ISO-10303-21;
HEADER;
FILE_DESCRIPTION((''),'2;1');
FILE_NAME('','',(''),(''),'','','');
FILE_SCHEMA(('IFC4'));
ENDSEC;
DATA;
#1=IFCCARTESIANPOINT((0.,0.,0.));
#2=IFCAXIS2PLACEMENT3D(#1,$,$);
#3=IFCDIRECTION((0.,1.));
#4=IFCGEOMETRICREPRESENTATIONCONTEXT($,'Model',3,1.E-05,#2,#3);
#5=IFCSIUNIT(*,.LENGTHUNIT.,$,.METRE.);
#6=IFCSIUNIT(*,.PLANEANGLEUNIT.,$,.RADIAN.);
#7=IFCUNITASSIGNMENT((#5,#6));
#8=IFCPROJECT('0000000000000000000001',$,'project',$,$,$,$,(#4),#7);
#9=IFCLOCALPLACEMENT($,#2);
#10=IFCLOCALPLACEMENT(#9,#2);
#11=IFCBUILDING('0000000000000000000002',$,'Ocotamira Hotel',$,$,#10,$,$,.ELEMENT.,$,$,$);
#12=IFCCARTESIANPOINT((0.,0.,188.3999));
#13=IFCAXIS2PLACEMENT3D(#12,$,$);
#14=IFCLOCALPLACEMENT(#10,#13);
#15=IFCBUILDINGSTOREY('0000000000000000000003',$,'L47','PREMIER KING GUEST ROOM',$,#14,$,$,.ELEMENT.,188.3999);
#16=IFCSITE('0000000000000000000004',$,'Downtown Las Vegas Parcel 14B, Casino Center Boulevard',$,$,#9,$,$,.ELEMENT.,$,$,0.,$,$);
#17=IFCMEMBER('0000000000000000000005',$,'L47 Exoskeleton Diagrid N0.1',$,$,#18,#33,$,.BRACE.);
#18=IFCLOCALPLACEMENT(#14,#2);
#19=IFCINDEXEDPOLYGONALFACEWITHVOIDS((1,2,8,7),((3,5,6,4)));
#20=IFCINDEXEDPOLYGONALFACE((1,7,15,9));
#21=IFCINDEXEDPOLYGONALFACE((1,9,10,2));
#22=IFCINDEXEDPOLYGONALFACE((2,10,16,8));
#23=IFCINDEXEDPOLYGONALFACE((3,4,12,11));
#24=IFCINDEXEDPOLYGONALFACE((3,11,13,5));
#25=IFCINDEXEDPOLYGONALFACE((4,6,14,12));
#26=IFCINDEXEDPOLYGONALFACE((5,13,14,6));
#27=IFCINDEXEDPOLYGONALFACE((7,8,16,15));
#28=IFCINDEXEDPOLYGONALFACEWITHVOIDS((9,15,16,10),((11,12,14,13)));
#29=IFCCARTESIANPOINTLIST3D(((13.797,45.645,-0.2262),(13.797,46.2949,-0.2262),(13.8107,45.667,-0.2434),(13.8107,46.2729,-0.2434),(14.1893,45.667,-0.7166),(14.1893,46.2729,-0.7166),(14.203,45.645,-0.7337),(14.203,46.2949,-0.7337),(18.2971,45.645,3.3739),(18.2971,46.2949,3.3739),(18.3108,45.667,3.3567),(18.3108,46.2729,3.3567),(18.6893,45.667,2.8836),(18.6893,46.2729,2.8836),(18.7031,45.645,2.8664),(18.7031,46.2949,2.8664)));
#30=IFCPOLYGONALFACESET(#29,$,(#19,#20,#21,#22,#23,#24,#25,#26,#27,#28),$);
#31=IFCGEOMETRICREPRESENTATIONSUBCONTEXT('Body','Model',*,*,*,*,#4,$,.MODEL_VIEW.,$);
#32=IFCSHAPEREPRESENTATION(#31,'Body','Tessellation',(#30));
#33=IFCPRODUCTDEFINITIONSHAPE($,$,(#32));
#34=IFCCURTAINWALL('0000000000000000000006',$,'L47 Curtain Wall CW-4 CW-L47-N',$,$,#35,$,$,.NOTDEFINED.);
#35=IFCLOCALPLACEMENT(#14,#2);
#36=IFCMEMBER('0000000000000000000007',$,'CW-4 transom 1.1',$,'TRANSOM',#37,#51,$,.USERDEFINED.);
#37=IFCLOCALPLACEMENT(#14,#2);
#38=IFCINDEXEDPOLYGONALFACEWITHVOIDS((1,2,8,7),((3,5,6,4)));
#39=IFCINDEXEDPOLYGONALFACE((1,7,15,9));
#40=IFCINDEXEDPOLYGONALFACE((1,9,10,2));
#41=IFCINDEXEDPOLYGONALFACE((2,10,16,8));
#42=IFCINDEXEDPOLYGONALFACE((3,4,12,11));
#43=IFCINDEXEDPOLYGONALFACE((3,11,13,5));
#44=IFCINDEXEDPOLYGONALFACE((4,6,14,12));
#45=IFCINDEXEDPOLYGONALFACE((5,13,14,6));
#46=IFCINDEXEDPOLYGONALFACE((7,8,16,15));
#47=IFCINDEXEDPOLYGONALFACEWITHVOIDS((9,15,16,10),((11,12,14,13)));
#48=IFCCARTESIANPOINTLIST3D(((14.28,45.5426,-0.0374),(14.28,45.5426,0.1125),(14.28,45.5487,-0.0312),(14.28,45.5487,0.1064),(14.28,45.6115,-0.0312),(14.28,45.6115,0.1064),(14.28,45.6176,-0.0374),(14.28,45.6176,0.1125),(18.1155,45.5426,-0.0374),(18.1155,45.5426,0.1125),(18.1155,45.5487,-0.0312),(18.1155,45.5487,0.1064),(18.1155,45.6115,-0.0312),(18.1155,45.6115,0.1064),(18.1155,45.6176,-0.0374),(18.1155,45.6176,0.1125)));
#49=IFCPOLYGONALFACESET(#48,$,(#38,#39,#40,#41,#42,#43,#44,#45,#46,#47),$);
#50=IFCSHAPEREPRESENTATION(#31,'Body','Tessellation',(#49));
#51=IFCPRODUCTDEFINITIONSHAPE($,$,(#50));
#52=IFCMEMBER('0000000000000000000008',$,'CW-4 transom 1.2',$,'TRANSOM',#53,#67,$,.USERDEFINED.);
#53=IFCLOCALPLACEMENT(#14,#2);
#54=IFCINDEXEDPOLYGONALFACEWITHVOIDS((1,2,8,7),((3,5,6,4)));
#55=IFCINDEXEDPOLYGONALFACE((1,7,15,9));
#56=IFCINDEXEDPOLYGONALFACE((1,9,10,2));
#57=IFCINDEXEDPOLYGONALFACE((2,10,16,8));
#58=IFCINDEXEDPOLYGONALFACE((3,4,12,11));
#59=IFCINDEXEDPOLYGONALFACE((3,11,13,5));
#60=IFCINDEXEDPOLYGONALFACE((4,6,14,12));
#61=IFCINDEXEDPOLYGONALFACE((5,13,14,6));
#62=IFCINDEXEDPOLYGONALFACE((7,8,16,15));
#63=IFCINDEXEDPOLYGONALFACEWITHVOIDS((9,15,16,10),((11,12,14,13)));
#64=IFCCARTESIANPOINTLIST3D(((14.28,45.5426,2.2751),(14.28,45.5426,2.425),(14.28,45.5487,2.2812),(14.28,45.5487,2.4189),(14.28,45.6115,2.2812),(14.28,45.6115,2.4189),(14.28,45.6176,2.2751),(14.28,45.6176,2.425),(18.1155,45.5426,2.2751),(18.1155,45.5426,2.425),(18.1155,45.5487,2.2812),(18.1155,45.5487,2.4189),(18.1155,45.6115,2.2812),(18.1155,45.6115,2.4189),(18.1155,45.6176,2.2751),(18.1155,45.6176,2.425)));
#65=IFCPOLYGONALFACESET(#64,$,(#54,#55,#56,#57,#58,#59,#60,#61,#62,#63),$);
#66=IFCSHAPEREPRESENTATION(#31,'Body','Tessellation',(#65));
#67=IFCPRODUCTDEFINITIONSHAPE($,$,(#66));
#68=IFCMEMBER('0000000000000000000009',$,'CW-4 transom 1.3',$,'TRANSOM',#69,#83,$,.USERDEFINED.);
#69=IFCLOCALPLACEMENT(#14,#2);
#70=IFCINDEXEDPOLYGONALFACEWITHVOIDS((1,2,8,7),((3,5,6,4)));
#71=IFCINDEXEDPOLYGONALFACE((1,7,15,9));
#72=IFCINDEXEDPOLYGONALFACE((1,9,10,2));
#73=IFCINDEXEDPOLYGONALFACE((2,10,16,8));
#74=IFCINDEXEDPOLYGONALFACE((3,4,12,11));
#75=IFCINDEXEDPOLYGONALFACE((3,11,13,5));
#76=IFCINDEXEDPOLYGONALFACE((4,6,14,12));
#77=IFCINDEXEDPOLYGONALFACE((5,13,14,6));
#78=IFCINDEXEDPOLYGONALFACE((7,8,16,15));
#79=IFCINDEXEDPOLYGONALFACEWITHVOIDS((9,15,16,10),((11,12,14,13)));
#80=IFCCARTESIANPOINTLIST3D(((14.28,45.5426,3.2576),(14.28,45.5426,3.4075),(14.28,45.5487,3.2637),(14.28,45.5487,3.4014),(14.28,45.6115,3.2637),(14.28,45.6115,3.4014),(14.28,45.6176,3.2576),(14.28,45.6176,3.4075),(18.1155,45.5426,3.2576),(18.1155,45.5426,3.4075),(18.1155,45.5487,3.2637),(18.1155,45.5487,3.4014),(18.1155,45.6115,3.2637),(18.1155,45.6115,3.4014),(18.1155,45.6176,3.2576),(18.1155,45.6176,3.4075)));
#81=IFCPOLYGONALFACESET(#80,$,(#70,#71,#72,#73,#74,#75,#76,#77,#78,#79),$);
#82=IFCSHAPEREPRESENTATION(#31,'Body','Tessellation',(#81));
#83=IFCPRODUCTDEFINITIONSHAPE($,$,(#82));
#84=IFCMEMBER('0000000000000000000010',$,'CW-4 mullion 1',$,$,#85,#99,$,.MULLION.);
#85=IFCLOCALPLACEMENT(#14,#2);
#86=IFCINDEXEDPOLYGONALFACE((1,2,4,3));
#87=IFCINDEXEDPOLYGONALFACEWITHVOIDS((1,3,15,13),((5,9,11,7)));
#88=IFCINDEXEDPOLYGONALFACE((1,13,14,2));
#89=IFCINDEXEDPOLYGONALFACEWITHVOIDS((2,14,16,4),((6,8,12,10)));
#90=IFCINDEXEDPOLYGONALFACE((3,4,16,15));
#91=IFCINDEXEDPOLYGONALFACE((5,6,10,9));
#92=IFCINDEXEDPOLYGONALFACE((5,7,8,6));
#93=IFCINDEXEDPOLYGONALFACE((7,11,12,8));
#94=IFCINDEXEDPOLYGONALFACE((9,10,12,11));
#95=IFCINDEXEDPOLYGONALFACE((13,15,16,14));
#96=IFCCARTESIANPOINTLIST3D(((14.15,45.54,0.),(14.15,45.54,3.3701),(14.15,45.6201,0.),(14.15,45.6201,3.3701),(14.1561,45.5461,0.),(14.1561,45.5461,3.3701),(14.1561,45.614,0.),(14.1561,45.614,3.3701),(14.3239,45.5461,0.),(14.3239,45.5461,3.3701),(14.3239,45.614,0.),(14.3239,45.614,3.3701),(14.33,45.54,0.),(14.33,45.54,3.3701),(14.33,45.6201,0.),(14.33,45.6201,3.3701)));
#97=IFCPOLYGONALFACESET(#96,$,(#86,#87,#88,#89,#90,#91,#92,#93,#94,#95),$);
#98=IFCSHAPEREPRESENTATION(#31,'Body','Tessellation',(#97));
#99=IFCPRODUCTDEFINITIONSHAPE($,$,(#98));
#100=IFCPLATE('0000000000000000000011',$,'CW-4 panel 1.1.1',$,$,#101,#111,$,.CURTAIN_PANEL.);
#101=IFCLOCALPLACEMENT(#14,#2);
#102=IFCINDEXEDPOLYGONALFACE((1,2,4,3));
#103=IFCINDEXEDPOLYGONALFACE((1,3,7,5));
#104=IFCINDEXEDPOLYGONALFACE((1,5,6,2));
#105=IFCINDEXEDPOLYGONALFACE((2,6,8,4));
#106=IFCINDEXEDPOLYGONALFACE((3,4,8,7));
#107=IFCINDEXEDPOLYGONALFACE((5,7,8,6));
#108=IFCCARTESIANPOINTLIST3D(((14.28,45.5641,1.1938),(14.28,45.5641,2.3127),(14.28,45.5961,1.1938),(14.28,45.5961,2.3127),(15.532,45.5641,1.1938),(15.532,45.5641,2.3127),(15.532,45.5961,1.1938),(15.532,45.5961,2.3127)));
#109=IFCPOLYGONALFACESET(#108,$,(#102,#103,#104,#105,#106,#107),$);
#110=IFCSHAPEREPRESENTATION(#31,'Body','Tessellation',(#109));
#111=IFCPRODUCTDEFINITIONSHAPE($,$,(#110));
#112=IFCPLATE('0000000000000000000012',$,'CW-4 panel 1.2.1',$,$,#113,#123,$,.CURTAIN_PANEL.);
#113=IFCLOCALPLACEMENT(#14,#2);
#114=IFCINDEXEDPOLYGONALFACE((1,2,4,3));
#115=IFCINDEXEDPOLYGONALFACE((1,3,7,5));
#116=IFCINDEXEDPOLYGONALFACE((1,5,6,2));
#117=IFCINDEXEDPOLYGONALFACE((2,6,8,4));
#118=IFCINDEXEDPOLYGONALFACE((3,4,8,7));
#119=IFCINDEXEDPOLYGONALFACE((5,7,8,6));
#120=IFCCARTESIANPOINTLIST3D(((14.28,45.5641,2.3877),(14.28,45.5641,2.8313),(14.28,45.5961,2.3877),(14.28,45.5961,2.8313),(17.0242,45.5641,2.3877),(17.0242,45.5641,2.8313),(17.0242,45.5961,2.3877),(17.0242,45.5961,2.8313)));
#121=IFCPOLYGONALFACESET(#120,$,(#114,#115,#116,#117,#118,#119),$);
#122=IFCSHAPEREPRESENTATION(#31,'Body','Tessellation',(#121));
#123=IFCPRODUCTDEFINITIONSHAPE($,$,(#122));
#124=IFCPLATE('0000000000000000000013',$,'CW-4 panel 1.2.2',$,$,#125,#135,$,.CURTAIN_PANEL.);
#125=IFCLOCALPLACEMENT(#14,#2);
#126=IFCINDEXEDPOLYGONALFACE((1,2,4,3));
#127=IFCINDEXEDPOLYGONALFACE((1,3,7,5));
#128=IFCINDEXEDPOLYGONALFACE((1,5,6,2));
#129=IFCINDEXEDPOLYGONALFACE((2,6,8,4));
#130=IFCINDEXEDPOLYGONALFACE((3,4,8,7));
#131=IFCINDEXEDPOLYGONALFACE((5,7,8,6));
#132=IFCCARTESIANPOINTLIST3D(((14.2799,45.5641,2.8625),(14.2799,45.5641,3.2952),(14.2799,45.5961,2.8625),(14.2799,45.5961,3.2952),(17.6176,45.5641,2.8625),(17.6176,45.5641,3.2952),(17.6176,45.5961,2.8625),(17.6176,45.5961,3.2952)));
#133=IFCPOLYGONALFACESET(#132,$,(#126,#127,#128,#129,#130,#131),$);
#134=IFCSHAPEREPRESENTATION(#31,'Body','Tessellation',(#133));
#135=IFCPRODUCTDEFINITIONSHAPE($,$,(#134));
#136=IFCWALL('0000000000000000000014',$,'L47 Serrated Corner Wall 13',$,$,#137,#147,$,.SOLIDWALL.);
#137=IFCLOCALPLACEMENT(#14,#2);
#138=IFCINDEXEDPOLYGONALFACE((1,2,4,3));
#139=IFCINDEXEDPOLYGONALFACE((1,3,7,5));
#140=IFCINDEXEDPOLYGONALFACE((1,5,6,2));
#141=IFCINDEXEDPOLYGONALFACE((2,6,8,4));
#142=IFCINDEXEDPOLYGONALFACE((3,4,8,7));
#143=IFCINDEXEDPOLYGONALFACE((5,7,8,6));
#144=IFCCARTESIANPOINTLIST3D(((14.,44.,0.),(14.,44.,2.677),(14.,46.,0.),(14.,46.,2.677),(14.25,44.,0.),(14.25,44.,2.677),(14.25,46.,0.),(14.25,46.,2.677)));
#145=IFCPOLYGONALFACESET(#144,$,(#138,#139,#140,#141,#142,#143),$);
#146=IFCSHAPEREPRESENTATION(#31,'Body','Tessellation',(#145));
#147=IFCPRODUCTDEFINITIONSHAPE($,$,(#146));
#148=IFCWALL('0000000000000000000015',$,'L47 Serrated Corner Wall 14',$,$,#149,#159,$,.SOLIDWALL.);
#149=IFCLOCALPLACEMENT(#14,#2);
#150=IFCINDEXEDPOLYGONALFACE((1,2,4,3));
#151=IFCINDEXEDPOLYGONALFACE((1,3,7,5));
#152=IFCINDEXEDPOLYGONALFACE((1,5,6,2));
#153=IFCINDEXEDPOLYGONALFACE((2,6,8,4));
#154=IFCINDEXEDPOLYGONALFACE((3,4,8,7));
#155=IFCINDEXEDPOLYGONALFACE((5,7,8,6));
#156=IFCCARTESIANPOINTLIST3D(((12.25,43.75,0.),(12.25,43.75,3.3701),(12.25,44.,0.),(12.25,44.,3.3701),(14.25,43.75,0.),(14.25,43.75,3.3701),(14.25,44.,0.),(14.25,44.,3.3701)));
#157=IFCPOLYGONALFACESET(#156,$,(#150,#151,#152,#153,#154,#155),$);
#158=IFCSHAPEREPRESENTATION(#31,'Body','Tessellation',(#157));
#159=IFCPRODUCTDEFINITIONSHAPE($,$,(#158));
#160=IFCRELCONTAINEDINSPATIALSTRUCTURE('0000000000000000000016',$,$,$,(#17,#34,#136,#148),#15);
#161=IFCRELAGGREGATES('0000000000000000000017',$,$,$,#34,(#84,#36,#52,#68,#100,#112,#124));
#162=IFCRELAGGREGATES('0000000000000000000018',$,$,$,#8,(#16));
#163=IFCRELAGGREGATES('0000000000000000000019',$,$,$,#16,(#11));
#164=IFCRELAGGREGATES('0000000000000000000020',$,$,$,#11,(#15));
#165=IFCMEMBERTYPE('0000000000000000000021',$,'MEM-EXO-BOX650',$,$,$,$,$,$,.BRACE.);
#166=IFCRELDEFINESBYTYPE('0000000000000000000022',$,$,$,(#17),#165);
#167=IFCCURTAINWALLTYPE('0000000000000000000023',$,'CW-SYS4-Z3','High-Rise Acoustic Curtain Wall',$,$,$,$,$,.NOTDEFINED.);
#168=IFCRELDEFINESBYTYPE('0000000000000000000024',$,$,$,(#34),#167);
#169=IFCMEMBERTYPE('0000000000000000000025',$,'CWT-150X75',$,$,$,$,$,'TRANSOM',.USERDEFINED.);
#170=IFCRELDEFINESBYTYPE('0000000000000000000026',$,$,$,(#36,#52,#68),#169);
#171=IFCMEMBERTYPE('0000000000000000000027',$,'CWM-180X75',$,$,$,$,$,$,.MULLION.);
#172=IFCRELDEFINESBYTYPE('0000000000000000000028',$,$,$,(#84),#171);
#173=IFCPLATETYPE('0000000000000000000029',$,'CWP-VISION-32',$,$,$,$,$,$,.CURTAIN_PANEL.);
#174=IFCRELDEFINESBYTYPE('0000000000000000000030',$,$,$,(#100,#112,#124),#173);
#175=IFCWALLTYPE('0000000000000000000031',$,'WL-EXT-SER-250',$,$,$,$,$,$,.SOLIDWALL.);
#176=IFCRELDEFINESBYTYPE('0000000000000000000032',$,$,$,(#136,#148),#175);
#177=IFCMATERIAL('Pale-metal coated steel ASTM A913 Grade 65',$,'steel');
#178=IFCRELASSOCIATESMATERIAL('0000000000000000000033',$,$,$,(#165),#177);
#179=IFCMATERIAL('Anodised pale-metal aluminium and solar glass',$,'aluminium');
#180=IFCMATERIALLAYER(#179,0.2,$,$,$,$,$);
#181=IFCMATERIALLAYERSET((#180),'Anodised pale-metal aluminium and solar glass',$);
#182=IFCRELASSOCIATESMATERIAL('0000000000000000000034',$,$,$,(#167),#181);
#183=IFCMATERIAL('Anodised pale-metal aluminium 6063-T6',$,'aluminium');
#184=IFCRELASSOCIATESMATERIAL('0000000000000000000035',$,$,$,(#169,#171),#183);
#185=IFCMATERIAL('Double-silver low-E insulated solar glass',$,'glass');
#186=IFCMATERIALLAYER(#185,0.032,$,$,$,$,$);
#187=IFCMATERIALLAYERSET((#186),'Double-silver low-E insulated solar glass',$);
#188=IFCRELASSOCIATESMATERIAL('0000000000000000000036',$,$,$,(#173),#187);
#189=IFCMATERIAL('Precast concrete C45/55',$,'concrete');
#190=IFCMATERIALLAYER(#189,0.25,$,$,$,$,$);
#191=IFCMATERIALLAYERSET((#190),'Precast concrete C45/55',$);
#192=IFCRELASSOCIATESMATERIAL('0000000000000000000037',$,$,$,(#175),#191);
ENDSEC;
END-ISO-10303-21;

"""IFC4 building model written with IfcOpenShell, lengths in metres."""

from ifc_helpers import new_model, si_unit, direction, frame, frame_2d, origin, origin_2d, place, context, subcontext, project, spatial, rectangle, hollow_rectangle, extrude, source, transform, mapped, material, layer, layer_set, material_profile, profile_set, type_object, element, aggregate, save


model = new_model("IFC4")

# Units and contexts
model_context = context("Model", 3, precision=1e-05, world=origin(), true_north=direction((0.0, 1.0)))
body_context = subcontext(model_context, "Body", "Model", "MODEL_VIEW")
ifc_project = project(units=[si_unit("LENGTHUNIT", "METRE"), si_unit("PLANEANGLEUNIT", "RADIAN")], contexts=[model_context])

# Site, building, storey
site_placement = place(None, origin())
site = spatial("IfcSite", under=ifc_project, at=site_placement, Name="Downtown Las Vegas Parcel 14B, Casino Center Boulevard", CompositionType="ELEMENT", RefElevation=0.0)
building_placement = place(site_placement, origin())
building = spatial("IfcBuilding", under=site, at=building_placement, Name="Ocotamira Hotel", CompositionType="ELEMENT")
storey_placement = place(building_placement, frame((0.0, 0.0, 188.3999)))
storey = spatial("IfcBuildingStorey", under=building, at=storey_placement, Name="L47", Description="PREMIER KING GUEST ROOM", CompositionType="ELEMENT", Elevation=188.3999)

# Member
ifc_material_1 = material(Name="Pale-metal coated steel ASTM A913 Grade 65", Category="steel")
ifc_material_profile_1 = material_profile(ifc_material_1, hollow_rectangle(XDim=0.6499, YDim=0.6499, WallThickness=0.022, at=origin_2d()), Name="BOX650X650X22")
ifc_profile_set_1 = profile_set([ifc_material_profile_1], Name="Pale-metal coated steel ASTM A913 Grade 65")
member_type_1 = type_object("IfcMemberType", Name="MEM-EXO-BOX650", PredefinedType="BRACE", material=ifc_profile_set_1)
shared_shape_1 = source(origin(), body_context, "Body", "SweptSolid", [
    extrude(hollow_rectangle(XDim=0.6499, YDim=0.6499, WallThickness=0.022, at=origin_2d()), origin(), (0.0, 0.0, 1.0), 5.7629),
])
member_1_placement = place(storey_placement, frame((14.0, 45.97, -0.48), z_axis=(0.780861, 0.0, 0.624705), x_axis=(0.0, 1.0, 0.0)))
element("IfcMember", 1, at=member_1_placement, inside=storey, type_object=member_type_1, Name="L47 Exoskeleton Diagrid N0.1", PredefinedType="BRACE", context=body_context, shape_type="MappedRepresentation", body=[
    mapped(shared_shape_1, transform((0.0, 0.0, 0.0), scale=1.0)),
])

# Curtain wall, members, plates
ifc_material_2 = material(Name="Anodised pale-metal aluminium and solar glass", Category="aluminium")
ifc_layer_1 = layer(ifc_material_2, 0.2)
ifc_layer_set_1 = layer_set([ifc_layer_1], Name="Anodised pale-metal aluminium and solar glass")
curtain_wall_type = type_object("IfcCurtainWallType", Name="CW-SYS4-Z3", Description="High-Rise Acoustic Curtain Wall", PredefinedType="NOTDEFINED", material=ifc_layer_set_1)
curtain_wall_placement = place(storey_placement, origin())
curtain_wall = element("IfcCurtainWall", 2, at=curtain_wall_placement, inside=storey, type_object=curtain_wall_type, Name="L47 Curtain Wall CW-4 CW-L47-N", PredefinedType="NOTDEFINED")
ifc_material_3 = material(Name="Anodised pale-metal aluminium 6063-T6", Category="aluminium")
ifc_material_profile_2 = material_profile(ifc_material_3, hollow_rectangle(XDim=0.075, YDim=0.1499, WallThickness=0.0061, at=origin_2d()), Name="HSS150X75X6")
ifc_profile_set_2 = profile_set([ifc_material_profile_2], Name="Anodised pale-metal aluminium 6063-T6")
member_type_2 = type_object("IfcMemberType", Name="CWT-150X75", ElementType="TRANSOM", PredefinedType="USERDEFINED", material=ifc_profile_set_2)
shared_shape_2 = source(origin(), body_context, "Body", "SweptSolid", [
    extrude(hollow_rectangle(XDim=0.075, YDim=0.1499, WallThickness=0.0061, at=origin_2d()), origin(), (0.0, 0.0, 1.0), 3.8354),
])
member_2_placement = place(storey_placement, frame((14.28, 45.5801, 0.0376), z_axis=(1.0, 0.0, 0.0), x_axis=(0.0, 1.0, 0.0)))
member_2 = element("IfcMember", 3, at=member_2_placement, type_object=member_type_2, Name="CW-4 transom 1.1", ObjectType="TRANSOM", PredefinedType="USERDEFINED", context=body_context, shape_type="MappedRepresentation", body=[
    mapped(shared_shape_2, transform((0.0, 0.0, 0.0), scale=1.0)),
])
member_3_placement = place(storey_placement, frame((14.28, 45.5801, 2.3501), z_axis=(1.0, 0.0, 0.0), x_axis=(0.0, 1.0, 0.0)))
member_3 = element("IfcMember", 4, at=member_3_placement, type_object=member_type_2, Name="CW-4 transom 1.2", ObjectType="TRANSOM", PredefinedType="USERDEFINED", context=body_context, shape_type="MappedRepresentation", body=[
    mapped(shared_shape_2, transform((0.0, 0.0, 0.0), scale=1.0)),
])
member_4_placement = place(storey_placement, frame((14.28, 45.5801, 3.3325), z_axis=(1.0, 0.0, 0.0), x_axis=(0.0, 1.0, 0.0)))
member_4 = element("IfcMember", 5, at=member_4_placement, type_object=member_type_2, Name="CW-4 transom 1.3", ObjectType="TRANSOM", PredefinedType="USERDEFINED", context=body_context, shape_type="MappedRepresentation", body=[
    mapped(shared_shape_2, transform((0.0, 0.0, 0.0), scale=1.0)),
])
ifc_material_profile_3 = material_profile(ifc_material_3, hollow_rectangle(XDim=0.0801, YDim=0.1799, WallThickness=0.0061, at=origin_2d()), Name="HSS180X80X6")
ifc_profile_set_3 = profile_set([ifc_material_profile_3], Name="Anodised pale-metal aluminium 6063-T6")
member_type_3 = type_object("IfcMemberType", Name="CWM-180X75", PredefinedType="MULLION", material=ifc_profile_set_3)
shared_shape_3 = source(origin(), body_context, "Body", "SweptSolid", [
    extrude(hollow_rectangle(XDim=0.0801, YDim=0.1799, WallThickness=0.0061, at=origin_2d()), origin(), (0.0, 0.0, 1.0), 3.3701),
])
member_5_placement = place(storey_placement, frame((14.24, 45.5801, 0.0), z_axis=(0.0, 0.0, 1.0), x_axis=(0.0, 1.0, 0.0)))
member_5 = element("IfcMember", 6, at=member_5_placement, type_object=member_type_3, Name="CW-4 mullion 1", PredefinedType="MULLION", context=body_context, shape_type="MappedRepresentation", body=[
    mapped(shared_shape_3, transform((0.0, 0.0, 0.0), scale=1.0)),
])
ifc_material_4 = material(Name="Double-silver low-E insulated solar glass", Category="glass")
ifc_layer_2 = layer(ifc_material_4, 0.032)
ifc_layer_set_2 = layer_set([ifc_layer_2], Name="Double-silver low-E insulated solar glass")
plate_type = type_object("IfcPlateType", Name="CWP-VISION-32", PredefinedType="CURTAIN_PANEL", material=ifc_layer_set_2)
shared_shape_4 = source(origin(), body_context, "Body", "SweptSolid", [
    extrude(rectangle(XDim=1.252, YDim=0.032, at=origin_2d()), origin(), (0.0, 0.0, 1.0), 1.1189),
])
plate_1_placement = place(storey_placement, frame((14.906, 45.5801, 1.1938), z_axis=(0.0, 0.0, 1.0), x_axis=(1.0, 0.0, 0.0)))
plate_1 = element("IfcPlate", 7, at=plate_1_placement, type_object=plate_type, Name="CW-4 panel 1.1.1", PredefinedType="CURTAIN_PANEL", context=body_context, shape_type="MappedRepresentation", body=[
    mapped(shared_shape_4, transform((0.0, 0.0, 0.0), scale=1.0)),
])
shared_shape_5 = source(origin(), body_context, "Body", "SweptSolid", [
    extrude(rectangle(XDim=2.7441, YDim=0.032, at=origin_2d()), origin(), (0.0, 0.0, 1.0), 0.4436),
])
plate_2_placement = place(storey_placement, frame((15.6521, 45.5801, 2.3877), z_axis=(0.0, 0.0, 1.0), x_axis=(1.0, 0.0, 0.0)))
plate_2 = element("IfcPlate", 8, at=plate_2_placement, type_object=plate_type, Name="CW-4 panel 1.2.1", PredefinedType="CURTAIN_PANEL", context=body_context, shape_type="MappedRepresentation", body=[
    mapped(shared_shape_5, transform((0.0, 0.0, 0.0), scale=1.0)),
])
shared_shape_6 = source(origin(), body_context, "Body", "SweptSolid", [
    extrude(rectangle(XDim=3.3376, YDim=0.032, at=origin_2d()), origin(), (0.0, 0.0, 1.0), 0.4326),
])
plate_3_placement = place(storey_placement, frame((15.9487, 45.5801, 2.8625), z_axis=(0.0, 0.0, 1.0), x_axis=(1.0, 0.0, 0.0)))
plate_3 = element("IfcPlate", 9, at=plate_3_placement, type_object=plate_type, Name="CW-4 panel 1.2.2", PredefinedType="CURTAIN_PANEL", context=body_context, shape_type="MappedRepresentation", body=[
    mapped(shared_shape_6, transform((0.0, 0.0, 0.0), scale=1.0)),
])
aggregate(curtain_wall, [member_5, member_2, member_3, member_4, plate_1, plate_2, plate_3])

# Walls
ifc_material_5 = material(Name="Precast concrete C45/55", Category="concrete")
ifc_layer_3 = layer(ifc_material_5, 0.25)
ifc_layer_set_3 = layer_set([ifc_layer_3], Name="Precast concrete C45/55")
wall_type = type_object("IfcWallType", Name="WL-EXT-SER-250", PredefinedType="SOLIDWALL", material=ifc_layer_set_3)
wall_1_placement = place(storey_placement, frame((14.125, 46.0, 0.0), z_axis=(0.0, 0.0, 1.0), x_axis=(0.0, -1.0, 0.0)))
element("IfcWall", 10, at=wall_1_placement, inside=storey, type_object=wall_type, Name="L47 Serrated Corner Wall 13", PredefinedType="SOLIDWALL", context=body_context, shape_type="SweptSolid", body=[
    extrude(rectangle(XDim=2.0, YDim=0.25, at=frame_2d((1.0, 0.0))), origin(), (0.0, 0.0, 1.0), 2.677),
])
wall_2_placement = place(storey_placement, frame((14.25, 43.875, 0.0), z_axis=(0.0, 0.0, 1.0), x_axis=(-1.0, 0.0, 0.0)))
element("IfcWall", 11, at=wall_2_placement, inside=storey, type_object=wall_type, Name="L47 Serrated Corner Wall 14", PredefinedType="SOLIDWALL", context=body_context, shape_type="SweptSolid", body=[
    extrude(rectangle(XDim=2.0, YDim=0.25, at=frame_2d((1.0, 0.0))), origin(), (0.0, 0.0, 1.0), 3.3701),
])

save(model, "model.ifc")
